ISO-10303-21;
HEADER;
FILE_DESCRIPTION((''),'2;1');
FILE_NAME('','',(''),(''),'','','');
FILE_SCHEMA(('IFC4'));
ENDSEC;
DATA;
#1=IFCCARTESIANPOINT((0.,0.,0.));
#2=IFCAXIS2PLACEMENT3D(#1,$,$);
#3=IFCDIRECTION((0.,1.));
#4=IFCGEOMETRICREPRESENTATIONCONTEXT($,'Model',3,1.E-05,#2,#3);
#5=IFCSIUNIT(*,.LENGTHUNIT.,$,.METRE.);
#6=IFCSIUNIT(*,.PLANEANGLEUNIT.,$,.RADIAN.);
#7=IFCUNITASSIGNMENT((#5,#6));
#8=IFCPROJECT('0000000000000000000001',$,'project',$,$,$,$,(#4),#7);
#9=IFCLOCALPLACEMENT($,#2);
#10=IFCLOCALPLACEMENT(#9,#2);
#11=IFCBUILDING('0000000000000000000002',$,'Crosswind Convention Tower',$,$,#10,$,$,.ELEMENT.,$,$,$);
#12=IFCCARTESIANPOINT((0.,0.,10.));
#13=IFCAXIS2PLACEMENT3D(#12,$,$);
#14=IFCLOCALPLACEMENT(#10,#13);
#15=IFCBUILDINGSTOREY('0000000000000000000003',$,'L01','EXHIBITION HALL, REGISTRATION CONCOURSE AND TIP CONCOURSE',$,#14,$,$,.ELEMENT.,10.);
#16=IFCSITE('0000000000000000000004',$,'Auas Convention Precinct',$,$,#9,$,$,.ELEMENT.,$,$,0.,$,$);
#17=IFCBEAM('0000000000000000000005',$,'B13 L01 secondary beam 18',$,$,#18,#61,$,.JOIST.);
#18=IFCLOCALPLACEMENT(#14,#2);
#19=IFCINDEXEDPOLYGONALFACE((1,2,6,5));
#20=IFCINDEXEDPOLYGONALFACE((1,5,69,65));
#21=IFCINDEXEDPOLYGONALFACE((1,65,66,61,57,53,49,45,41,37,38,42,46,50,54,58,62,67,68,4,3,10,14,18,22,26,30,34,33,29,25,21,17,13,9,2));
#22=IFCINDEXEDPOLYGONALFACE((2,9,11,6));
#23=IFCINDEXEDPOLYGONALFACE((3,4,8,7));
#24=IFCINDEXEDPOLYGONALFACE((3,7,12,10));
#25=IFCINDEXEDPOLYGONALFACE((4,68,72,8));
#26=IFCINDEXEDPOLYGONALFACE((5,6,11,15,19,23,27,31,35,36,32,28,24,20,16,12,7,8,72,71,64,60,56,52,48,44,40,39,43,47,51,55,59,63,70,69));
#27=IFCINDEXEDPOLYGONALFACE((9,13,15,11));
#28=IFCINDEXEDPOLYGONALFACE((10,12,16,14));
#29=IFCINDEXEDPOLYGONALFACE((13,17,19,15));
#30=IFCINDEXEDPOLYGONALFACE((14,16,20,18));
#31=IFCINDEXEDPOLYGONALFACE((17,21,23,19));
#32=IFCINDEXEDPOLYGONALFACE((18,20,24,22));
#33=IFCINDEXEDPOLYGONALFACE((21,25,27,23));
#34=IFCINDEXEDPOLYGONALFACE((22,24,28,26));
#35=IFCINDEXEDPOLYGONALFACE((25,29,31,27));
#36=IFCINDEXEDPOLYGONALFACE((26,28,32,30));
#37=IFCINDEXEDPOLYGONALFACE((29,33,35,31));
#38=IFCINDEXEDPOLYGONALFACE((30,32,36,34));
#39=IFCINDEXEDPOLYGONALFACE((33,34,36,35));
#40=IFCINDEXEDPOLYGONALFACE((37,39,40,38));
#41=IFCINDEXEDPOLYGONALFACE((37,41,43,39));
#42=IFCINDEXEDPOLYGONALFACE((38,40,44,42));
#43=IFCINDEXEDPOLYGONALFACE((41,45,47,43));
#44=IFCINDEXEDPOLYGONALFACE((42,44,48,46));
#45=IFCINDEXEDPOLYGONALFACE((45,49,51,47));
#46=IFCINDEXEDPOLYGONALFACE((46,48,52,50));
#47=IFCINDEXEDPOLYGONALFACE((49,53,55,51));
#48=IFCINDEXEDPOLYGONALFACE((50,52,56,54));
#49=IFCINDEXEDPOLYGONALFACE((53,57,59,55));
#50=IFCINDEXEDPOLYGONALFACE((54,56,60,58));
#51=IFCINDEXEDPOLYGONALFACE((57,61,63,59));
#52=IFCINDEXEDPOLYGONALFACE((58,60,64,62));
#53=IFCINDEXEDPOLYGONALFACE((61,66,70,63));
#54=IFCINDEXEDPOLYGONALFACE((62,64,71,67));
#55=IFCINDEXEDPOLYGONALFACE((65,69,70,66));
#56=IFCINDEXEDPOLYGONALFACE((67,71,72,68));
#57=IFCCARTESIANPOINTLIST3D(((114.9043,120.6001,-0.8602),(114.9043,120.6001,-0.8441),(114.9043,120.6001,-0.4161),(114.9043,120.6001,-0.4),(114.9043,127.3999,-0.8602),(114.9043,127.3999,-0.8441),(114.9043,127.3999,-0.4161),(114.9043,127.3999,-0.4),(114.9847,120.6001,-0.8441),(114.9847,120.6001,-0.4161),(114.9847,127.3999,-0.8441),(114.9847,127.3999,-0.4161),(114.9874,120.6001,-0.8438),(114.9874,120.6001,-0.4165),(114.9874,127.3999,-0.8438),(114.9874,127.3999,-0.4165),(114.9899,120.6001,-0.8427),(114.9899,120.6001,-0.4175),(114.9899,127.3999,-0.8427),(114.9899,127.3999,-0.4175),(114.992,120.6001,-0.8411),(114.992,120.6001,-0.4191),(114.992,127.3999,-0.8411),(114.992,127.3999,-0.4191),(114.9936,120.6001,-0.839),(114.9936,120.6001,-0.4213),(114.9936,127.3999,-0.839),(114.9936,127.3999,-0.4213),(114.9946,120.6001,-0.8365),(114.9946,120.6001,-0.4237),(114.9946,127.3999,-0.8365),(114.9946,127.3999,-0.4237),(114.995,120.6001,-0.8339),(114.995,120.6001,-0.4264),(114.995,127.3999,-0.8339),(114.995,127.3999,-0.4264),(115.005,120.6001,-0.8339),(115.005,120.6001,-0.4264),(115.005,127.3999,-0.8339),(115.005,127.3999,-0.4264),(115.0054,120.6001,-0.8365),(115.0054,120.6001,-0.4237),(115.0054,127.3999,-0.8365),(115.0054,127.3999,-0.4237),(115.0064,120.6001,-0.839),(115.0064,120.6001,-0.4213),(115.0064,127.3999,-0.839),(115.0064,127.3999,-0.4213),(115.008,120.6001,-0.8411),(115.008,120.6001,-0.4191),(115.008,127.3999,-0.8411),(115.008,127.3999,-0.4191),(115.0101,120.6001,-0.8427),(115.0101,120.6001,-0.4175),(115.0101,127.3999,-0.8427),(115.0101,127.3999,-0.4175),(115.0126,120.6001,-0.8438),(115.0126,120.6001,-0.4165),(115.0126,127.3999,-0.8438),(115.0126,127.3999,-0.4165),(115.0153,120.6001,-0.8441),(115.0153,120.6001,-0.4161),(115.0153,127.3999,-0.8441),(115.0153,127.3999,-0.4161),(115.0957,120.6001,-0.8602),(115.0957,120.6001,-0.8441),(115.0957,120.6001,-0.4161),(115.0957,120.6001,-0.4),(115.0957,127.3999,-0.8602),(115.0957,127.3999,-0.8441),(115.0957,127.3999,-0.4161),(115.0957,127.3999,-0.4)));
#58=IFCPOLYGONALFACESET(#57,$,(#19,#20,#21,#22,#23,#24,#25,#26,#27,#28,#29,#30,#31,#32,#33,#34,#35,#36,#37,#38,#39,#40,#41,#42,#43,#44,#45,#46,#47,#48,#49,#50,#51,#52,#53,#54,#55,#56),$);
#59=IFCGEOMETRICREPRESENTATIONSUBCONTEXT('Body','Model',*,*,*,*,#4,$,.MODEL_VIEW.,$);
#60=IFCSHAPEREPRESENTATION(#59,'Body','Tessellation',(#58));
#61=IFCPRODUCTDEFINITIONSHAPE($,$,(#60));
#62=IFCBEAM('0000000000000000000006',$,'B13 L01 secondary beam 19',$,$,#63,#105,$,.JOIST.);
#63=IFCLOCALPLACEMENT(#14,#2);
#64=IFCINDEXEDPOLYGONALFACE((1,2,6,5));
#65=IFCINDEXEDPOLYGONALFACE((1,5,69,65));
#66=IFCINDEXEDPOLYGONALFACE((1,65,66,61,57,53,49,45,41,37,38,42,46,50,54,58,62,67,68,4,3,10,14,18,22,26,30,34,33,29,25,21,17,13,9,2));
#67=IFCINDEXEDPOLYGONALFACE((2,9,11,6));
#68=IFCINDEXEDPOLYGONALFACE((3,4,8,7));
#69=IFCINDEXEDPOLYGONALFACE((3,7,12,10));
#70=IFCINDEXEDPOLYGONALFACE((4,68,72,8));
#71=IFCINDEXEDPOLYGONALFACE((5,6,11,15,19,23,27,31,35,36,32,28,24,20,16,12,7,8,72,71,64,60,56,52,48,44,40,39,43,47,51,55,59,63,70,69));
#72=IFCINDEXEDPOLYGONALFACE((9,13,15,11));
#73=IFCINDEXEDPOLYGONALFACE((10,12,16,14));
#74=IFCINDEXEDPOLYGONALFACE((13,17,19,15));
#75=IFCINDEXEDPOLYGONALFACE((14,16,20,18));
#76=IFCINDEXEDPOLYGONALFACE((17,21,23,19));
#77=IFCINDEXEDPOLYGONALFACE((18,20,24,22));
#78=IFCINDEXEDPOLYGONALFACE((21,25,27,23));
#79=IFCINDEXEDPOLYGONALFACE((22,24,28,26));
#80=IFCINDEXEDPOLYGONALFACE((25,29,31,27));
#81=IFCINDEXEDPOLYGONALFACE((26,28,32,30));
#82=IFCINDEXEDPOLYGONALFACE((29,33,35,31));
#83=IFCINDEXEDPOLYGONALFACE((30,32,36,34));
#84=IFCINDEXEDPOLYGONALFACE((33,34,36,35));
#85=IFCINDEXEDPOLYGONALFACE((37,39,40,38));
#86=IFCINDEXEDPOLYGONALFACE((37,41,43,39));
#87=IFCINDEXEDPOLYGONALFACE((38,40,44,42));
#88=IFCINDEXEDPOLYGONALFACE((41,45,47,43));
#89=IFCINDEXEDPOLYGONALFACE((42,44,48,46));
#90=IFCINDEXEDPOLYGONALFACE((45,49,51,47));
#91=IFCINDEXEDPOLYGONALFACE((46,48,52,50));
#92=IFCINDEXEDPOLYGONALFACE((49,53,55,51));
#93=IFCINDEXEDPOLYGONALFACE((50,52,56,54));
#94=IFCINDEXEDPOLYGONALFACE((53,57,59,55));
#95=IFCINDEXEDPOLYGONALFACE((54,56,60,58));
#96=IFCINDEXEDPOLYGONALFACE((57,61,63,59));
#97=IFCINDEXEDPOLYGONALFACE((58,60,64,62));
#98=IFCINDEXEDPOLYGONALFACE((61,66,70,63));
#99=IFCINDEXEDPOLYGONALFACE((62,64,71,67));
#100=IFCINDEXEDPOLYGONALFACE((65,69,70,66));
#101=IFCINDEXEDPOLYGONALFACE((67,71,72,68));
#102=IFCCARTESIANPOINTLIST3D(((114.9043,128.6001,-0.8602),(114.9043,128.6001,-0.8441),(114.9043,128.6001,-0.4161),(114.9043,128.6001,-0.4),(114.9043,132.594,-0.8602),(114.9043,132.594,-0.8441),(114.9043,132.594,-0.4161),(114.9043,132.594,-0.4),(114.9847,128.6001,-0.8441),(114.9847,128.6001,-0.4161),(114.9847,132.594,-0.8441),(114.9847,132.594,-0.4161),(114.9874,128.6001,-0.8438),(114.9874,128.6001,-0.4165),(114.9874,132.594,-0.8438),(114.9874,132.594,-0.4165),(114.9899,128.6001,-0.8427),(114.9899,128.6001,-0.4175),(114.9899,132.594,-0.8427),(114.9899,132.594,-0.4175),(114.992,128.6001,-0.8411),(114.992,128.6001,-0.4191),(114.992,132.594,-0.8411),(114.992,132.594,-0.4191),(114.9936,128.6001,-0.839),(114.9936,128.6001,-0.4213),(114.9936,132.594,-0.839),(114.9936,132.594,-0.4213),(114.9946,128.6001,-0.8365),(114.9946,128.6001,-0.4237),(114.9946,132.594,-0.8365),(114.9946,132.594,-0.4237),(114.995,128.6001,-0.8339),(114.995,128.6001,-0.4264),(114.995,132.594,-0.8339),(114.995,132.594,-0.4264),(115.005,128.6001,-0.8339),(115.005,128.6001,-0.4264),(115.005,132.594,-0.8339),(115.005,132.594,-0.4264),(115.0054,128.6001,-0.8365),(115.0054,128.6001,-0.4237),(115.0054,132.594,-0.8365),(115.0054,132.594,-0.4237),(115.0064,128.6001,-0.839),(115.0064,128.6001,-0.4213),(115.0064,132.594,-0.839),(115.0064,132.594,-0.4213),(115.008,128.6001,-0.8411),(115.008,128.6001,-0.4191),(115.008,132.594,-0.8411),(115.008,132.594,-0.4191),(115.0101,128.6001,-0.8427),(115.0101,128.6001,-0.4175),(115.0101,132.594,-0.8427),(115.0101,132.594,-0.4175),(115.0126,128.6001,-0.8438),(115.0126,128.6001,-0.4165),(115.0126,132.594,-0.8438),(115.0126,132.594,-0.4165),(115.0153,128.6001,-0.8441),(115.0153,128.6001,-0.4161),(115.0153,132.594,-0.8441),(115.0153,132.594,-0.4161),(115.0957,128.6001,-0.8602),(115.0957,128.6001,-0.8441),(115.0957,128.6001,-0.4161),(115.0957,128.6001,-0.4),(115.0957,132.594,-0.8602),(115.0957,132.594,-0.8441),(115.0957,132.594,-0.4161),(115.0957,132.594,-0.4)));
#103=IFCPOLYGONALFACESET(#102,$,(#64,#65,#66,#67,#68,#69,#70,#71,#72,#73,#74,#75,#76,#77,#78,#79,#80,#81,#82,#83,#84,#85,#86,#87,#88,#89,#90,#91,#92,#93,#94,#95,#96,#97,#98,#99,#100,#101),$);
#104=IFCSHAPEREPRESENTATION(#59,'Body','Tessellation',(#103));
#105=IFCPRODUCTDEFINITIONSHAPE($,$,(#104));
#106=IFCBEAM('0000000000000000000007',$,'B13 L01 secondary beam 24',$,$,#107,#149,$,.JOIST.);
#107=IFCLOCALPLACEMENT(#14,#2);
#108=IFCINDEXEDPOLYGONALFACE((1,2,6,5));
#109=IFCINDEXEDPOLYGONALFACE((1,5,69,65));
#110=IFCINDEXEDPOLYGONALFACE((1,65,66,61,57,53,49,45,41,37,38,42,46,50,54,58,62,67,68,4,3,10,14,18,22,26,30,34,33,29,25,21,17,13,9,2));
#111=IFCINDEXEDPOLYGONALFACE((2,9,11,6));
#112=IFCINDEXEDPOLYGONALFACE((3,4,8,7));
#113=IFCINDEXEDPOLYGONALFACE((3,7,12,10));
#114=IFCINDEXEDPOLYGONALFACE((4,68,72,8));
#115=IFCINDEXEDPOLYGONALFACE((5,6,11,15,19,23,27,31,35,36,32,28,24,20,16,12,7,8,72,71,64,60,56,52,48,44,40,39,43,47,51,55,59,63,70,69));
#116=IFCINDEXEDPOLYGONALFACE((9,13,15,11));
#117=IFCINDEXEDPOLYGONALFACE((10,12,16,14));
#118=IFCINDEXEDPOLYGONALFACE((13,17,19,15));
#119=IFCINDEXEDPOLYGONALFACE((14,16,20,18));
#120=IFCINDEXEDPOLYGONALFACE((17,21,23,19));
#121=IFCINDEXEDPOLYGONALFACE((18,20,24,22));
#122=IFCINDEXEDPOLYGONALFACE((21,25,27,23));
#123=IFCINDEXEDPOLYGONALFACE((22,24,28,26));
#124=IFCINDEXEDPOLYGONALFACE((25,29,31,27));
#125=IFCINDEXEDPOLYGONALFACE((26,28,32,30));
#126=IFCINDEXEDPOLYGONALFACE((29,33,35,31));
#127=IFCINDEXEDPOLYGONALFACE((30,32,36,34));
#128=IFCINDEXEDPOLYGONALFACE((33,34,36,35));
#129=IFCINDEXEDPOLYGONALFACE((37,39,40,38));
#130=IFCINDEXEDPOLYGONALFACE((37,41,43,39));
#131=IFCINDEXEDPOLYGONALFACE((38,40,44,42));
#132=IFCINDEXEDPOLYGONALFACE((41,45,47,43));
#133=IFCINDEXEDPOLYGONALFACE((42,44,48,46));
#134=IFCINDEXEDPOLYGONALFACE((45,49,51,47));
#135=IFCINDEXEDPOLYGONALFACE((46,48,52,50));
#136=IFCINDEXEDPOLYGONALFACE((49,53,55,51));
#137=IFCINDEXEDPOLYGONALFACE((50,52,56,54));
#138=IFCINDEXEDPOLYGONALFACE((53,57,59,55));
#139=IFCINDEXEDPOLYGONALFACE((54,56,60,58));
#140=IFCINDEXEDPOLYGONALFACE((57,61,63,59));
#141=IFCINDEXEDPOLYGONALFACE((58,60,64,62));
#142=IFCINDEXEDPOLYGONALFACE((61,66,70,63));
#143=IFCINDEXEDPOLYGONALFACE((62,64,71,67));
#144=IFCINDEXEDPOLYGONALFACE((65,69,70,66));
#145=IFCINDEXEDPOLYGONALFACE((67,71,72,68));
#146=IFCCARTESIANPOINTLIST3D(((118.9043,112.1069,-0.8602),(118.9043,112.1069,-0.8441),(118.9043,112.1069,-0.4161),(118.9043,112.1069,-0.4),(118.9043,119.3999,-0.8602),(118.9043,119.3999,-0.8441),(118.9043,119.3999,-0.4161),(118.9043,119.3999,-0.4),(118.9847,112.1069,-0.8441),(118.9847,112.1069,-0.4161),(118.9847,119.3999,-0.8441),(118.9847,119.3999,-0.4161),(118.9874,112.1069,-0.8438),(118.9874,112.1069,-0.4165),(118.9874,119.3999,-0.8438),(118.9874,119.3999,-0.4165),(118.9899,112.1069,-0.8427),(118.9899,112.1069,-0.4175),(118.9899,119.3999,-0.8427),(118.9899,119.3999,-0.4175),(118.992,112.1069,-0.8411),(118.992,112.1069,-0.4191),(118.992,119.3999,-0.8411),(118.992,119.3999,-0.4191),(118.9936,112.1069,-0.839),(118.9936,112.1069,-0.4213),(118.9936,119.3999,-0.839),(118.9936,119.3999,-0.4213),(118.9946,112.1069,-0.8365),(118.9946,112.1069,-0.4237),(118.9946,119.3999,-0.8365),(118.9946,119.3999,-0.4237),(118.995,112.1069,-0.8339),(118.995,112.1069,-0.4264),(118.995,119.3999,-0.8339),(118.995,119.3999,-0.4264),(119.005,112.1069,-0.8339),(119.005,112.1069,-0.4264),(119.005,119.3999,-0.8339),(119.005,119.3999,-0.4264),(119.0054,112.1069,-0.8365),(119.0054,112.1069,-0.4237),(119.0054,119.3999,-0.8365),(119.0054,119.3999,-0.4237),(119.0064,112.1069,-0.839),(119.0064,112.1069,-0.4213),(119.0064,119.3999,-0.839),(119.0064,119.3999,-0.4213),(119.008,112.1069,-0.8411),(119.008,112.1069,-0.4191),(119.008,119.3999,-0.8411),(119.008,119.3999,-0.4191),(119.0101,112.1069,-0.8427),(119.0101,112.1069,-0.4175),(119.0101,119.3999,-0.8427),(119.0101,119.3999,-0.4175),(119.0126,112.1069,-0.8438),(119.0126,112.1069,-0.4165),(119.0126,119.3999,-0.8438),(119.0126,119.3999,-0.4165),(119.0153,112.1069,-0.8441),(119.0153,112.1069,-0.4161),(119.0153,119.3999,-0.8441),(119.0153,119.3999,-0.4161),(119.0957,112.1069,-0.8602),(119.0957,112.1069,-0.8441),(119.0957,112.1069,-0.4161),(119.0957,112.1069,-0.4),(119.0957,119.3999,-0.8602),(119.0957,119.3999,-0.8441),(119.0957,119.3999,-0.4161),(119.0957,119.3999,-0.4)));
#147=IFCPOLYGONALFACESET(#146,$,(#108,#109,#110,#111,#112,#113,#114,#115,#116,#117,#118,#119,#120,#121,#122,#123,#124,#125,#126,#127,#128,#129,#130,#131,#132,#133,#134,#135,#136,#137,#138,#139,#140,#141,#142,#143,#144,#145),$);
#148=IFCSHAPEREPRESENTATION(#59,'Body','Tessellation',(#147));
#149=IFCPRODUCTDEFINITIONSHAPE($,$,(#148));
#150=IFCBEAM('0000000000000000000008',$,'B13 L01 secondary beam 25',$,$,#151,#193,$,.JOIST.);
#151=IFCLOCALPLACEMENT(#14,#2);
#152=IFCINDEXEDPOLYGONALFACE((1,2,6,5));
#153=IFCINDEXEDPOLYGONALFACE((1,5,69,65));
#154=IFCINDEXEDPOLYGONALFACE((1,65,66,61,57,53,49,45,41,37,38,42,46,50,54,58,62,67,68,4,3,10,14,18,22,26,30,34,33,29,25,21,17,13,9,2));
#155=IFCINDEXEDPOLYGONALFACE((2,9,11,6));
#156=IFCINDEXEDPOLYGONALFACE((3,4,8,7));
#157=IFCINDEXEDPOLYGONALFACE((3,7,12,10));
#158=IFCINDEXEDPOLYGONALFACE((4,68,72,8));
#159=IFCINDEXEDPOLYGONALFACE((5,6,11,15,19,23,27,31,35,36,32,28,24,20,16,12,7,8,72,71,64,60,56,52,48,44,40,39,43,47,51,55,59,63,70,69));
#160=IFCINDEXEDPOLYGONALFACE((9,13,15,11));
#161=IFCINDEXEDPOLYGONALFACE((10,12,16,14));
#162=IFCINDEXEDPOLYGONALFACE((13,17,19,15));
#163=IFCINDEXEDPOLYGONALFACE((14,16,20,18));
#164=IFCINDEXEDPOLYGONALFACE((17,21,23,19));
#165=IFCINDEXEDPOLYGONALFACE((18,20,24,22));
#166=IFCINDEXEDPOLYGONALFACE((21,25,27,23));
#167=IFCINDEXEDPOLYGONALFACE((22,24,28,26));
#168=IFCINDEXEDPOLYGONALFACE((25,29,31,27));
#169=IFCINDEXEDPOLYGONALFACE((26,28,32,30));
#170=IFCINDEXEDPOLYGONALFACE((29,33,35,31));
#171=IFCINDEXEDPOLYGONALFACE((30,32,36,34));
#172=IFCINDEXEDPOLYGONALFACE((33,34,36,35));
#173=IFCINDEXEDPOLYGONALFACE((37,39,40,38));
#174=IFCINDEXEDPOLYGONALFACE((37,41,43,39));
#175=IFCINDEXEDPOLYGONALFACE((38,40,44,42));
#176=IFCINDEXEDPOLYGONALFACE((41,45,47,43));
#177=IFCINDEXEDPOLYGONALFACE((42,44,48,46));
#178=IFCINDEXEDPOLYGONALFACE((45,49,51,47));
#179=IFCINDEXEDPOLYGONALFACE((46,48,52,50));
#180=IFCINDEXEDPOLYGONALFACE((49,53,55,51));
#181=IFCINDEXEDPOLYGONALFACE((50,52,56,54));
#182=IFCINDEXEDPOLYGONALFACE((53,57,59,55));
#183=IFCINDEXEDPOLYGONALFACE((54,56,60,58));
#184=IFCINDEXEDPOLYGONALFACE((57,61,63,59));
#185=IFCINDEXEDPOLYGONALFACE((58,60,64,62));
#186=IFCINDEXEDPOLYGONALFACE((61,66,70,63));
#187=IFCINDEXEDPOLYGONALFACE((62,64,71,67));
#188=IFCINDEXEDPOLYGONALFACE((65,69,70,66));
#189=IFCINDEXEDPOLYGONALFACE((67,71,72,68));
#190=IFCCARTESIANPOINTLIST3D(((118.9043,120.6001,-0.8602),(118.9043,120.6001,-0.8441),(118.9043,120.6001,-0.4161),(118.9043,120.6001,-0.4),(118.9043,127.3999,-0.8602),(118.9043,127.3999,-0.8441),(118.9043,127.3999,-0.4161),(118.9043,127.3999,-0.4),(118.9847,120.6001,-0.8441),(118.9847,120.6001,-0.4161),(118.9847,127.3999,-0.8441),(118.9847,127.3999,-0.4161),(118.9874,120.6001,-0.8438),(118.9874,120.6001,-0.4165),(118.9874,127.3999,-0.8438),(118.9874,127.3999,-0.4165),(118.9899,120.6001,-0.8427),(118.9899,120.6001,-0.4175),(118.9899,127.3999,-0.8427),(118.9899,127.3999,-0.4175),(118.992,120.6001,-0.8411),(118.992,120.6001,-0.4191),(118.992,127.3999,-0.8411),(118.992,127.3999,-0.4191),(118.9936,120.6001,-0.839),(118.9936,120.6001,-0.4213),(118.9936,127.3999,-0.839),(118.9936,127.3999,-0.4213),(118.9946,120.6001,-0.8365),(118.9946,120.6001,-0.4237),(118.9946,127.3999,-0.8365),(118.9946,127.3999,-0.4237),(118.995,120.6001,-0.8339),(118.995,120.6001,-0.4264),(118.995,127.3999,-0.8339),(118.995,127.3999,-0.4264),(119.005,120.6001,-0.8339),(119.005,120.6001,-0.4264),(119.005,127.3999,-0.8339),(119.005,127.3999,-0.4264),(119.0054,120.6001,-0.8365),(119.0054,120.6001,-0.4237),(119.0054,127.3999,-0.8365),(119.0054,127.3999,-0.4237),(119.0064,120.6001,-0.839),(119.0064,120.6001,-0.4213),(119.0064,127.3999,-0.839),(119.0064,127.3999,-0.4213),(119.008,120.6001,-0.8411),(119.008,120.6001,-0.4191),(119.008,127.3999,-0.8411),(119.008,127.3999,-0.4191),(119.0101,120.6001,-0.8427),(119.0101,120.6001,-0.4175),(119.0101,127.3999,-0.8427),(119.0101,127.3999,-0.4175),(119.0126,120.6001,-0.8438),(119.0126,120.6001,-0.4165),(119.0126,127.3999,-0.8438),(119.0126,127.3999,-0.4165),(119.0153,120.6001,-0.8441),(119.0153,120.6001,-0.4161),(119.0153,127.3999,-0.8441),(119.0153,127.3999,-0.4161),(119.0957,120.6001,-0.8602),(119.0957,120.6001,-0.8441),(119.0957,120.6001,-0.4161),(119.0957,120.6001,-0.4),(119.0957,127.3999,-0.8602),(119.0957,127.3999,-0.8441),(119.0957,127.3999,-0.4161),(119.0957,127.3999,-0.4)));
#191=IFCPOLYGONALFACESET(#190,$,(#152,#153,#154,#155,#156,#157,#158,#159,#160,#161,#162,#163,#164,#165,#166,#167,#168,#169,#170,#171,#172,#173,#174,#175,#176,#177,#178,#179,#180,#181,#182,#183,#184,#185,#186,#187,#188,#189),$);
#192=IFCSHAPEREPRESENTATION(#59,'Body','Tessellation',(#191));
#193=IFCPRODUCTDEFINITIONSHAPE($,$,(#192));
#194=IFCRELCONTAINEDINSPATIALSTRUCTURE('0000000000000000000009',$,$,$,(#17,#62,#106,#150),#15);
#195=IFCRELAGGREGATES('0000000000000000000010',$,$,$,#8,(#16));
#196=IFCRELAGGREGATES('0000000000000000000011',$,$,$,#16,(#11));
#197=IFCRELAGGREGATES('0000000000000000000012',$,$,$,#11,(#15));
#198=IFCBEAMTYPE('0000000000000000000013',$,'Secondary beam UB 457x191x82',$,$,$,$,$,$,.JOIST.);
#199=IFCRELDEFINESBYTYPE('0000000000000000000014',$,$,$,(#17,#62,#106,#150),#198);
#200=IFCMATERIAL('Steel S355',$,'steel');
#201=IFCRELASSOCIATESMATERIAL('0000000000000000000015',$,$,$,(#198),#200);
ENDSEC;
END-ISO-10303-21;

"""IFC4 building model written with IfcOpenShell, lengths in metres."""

from ifc_helpers import new_model, si_unit, direction, frame, origin, origin_2d, place, context, subcontext, project, spatial, i_section, extrude, material, material_profile, profile_set, type_object, element, save


model = new_model("IFC4")

# Units and contexts
model_context = context("Model", 3, precision=1e-05, world=origin(), true_north=direction((0.0, 1.0)))
body_context = subcontext(model_context, "Body", "Model", "MODEL_VIEW")
ifc_project = project(units=[si_unit("LENGTHUNIT", "METRE"), si_unit("PLANEANGLEUNIT", "RADIAN")], contexts=[model_context])

# Site, building, storey
site_placement = place(None, origin())
site = spatial("IfcSite", under=ifc_project, at=site_placement, Name="Auas Convention Precinct", CompositionType="ELEMENT", RefElevation=0.0)
building_placement = place(site_placement, origin())
building = spatial("IfcBuilding", under=site, at=building_placement, Name="Crosswind Convention Tower", CompositionType="ELEMENT")
storey_placement = place(building_placement, frame((0.0, 0.0, 10.0)))
storey = spatial("IfcBuildingStorey", under=building, at=storey_placement, Name="L01", Description="EXHIBITION HALL, REGISTRATION CONCOURSE AND TIP CONCOURSE", CompositionType="ELEMENT", Elevation=10.0)

# Beams
ifc_material_1 = material(Name="Steel S355", Category="steel")
ifc_material_profile_1 = material_profile(ifc_material_1, i_section(OverallWidth=0.1914, OverallDepth=0.4602, WebThickness=0.01, FlangeThickness=0.0161, FilletRadius=0.0103, at=origin_2d()), Name="UB 457x191x82")
ifc_profile_set_1 = profile_set([ifc_material_profile_1], Name="Steel S355")
beam_type_1 = type_object("IfcBeamType", Name="Secondary beam UB 457x191x82", PredefinedType="JOIST", material=ifc_profile_set_1)
beam_1_placement = place(storey_placement, frame((115.0, 120.6001, -0.6301), z_axis=(0.0, 1.0, 0.0), x_axis=(-1.0, 0.0, 0.0)))
element("IfcBeam", 1, at=beam_1_placement, inside=storey, type_object=beam_type_1, Name="B13 L01 secondary beam 18", PredefinedType="JOIST", context=body_context, shape_type="SweptSolid", body=[
    extrude(i_section(OverallWidth=0.1914, OverallDepth=0.4602, WebThickness=0.01, FlangeThickness=0.0161, FilletRadius=0.0103, at=origin_2d()), origin(), (0.0, 0.0, 1.0), 6.7998),
])
beam_2_placement = place(storey_placement, frame((115.0, 128.6001, -0.6301), z_axis=(0.0, 1.0, 0.0), x_axis=(-1.0, 0.0, 0.0)))
element("IfcBeam", 2, at=beam_2_placement, inside=storey, type_object=beam_type_1, Name="B13 L01 secondary beam 19", PredefinedType="JOIST", context=body_context, shape_type="SweptSolid", body=[
    extrude(i_section(OverallWidth=0.1914, OverallDepth=0.4602, WebThickness=0.01, FlangeThickness=0.0161, FilletRadius=0.0103, at=origin_2d()), origin(), (0.0, 0.0, 1.0), 3.9939),
])
beam_3_placement = place(storey_placement, frame((119.0, 112.1069, -0.6301), z_axis=(0.0, 1.0, 0.0), x_axis=(-1.0, 0.0, 0.0)))
element("IfcBeam", 3, at=beam_3_placement, inside=storey, type_object=beam_type_1, Name="B13 L01 secondary beam 24", PredefinedType="JOIST", context=body_context, shape_type="SweptSolid", body=[
    extrude(i_section(OverallWidth=0.1914, OverallDepth=0.4602, WebThickness=0.01, FlangeThickness=0.0161, FilletRadius=0.0103, at=origin_2d()), origin(), (0.0, 0.0, 1.0), 7.293),
])
beam_4_placement = place(storey_placement, frame((119.0, 120.6001, -0.6301), z_axis=(0.0, 1.0, 0.0), x_axis=(-1.0, 0.0, 0.0)))
element("IfcBeam", 4, at=beam_4_placement, inside=storey, type_object=beam_type_1, Name="B13 L01 secondary beam 25", PredefinedType="JOIST", context=body_context, shape_type="SweptSolid", body=[
    extrude(i_section(OverallWidth=0.1914, OverallDepth=0.4602, WebThickness=0.01, FlangeThickness=0.0161, FilletRadius=0.0103, at=origin_2d()), origin(), (0.0, 0.0, 1.0), 6.7998),
])

save(model, "model.ifc")
